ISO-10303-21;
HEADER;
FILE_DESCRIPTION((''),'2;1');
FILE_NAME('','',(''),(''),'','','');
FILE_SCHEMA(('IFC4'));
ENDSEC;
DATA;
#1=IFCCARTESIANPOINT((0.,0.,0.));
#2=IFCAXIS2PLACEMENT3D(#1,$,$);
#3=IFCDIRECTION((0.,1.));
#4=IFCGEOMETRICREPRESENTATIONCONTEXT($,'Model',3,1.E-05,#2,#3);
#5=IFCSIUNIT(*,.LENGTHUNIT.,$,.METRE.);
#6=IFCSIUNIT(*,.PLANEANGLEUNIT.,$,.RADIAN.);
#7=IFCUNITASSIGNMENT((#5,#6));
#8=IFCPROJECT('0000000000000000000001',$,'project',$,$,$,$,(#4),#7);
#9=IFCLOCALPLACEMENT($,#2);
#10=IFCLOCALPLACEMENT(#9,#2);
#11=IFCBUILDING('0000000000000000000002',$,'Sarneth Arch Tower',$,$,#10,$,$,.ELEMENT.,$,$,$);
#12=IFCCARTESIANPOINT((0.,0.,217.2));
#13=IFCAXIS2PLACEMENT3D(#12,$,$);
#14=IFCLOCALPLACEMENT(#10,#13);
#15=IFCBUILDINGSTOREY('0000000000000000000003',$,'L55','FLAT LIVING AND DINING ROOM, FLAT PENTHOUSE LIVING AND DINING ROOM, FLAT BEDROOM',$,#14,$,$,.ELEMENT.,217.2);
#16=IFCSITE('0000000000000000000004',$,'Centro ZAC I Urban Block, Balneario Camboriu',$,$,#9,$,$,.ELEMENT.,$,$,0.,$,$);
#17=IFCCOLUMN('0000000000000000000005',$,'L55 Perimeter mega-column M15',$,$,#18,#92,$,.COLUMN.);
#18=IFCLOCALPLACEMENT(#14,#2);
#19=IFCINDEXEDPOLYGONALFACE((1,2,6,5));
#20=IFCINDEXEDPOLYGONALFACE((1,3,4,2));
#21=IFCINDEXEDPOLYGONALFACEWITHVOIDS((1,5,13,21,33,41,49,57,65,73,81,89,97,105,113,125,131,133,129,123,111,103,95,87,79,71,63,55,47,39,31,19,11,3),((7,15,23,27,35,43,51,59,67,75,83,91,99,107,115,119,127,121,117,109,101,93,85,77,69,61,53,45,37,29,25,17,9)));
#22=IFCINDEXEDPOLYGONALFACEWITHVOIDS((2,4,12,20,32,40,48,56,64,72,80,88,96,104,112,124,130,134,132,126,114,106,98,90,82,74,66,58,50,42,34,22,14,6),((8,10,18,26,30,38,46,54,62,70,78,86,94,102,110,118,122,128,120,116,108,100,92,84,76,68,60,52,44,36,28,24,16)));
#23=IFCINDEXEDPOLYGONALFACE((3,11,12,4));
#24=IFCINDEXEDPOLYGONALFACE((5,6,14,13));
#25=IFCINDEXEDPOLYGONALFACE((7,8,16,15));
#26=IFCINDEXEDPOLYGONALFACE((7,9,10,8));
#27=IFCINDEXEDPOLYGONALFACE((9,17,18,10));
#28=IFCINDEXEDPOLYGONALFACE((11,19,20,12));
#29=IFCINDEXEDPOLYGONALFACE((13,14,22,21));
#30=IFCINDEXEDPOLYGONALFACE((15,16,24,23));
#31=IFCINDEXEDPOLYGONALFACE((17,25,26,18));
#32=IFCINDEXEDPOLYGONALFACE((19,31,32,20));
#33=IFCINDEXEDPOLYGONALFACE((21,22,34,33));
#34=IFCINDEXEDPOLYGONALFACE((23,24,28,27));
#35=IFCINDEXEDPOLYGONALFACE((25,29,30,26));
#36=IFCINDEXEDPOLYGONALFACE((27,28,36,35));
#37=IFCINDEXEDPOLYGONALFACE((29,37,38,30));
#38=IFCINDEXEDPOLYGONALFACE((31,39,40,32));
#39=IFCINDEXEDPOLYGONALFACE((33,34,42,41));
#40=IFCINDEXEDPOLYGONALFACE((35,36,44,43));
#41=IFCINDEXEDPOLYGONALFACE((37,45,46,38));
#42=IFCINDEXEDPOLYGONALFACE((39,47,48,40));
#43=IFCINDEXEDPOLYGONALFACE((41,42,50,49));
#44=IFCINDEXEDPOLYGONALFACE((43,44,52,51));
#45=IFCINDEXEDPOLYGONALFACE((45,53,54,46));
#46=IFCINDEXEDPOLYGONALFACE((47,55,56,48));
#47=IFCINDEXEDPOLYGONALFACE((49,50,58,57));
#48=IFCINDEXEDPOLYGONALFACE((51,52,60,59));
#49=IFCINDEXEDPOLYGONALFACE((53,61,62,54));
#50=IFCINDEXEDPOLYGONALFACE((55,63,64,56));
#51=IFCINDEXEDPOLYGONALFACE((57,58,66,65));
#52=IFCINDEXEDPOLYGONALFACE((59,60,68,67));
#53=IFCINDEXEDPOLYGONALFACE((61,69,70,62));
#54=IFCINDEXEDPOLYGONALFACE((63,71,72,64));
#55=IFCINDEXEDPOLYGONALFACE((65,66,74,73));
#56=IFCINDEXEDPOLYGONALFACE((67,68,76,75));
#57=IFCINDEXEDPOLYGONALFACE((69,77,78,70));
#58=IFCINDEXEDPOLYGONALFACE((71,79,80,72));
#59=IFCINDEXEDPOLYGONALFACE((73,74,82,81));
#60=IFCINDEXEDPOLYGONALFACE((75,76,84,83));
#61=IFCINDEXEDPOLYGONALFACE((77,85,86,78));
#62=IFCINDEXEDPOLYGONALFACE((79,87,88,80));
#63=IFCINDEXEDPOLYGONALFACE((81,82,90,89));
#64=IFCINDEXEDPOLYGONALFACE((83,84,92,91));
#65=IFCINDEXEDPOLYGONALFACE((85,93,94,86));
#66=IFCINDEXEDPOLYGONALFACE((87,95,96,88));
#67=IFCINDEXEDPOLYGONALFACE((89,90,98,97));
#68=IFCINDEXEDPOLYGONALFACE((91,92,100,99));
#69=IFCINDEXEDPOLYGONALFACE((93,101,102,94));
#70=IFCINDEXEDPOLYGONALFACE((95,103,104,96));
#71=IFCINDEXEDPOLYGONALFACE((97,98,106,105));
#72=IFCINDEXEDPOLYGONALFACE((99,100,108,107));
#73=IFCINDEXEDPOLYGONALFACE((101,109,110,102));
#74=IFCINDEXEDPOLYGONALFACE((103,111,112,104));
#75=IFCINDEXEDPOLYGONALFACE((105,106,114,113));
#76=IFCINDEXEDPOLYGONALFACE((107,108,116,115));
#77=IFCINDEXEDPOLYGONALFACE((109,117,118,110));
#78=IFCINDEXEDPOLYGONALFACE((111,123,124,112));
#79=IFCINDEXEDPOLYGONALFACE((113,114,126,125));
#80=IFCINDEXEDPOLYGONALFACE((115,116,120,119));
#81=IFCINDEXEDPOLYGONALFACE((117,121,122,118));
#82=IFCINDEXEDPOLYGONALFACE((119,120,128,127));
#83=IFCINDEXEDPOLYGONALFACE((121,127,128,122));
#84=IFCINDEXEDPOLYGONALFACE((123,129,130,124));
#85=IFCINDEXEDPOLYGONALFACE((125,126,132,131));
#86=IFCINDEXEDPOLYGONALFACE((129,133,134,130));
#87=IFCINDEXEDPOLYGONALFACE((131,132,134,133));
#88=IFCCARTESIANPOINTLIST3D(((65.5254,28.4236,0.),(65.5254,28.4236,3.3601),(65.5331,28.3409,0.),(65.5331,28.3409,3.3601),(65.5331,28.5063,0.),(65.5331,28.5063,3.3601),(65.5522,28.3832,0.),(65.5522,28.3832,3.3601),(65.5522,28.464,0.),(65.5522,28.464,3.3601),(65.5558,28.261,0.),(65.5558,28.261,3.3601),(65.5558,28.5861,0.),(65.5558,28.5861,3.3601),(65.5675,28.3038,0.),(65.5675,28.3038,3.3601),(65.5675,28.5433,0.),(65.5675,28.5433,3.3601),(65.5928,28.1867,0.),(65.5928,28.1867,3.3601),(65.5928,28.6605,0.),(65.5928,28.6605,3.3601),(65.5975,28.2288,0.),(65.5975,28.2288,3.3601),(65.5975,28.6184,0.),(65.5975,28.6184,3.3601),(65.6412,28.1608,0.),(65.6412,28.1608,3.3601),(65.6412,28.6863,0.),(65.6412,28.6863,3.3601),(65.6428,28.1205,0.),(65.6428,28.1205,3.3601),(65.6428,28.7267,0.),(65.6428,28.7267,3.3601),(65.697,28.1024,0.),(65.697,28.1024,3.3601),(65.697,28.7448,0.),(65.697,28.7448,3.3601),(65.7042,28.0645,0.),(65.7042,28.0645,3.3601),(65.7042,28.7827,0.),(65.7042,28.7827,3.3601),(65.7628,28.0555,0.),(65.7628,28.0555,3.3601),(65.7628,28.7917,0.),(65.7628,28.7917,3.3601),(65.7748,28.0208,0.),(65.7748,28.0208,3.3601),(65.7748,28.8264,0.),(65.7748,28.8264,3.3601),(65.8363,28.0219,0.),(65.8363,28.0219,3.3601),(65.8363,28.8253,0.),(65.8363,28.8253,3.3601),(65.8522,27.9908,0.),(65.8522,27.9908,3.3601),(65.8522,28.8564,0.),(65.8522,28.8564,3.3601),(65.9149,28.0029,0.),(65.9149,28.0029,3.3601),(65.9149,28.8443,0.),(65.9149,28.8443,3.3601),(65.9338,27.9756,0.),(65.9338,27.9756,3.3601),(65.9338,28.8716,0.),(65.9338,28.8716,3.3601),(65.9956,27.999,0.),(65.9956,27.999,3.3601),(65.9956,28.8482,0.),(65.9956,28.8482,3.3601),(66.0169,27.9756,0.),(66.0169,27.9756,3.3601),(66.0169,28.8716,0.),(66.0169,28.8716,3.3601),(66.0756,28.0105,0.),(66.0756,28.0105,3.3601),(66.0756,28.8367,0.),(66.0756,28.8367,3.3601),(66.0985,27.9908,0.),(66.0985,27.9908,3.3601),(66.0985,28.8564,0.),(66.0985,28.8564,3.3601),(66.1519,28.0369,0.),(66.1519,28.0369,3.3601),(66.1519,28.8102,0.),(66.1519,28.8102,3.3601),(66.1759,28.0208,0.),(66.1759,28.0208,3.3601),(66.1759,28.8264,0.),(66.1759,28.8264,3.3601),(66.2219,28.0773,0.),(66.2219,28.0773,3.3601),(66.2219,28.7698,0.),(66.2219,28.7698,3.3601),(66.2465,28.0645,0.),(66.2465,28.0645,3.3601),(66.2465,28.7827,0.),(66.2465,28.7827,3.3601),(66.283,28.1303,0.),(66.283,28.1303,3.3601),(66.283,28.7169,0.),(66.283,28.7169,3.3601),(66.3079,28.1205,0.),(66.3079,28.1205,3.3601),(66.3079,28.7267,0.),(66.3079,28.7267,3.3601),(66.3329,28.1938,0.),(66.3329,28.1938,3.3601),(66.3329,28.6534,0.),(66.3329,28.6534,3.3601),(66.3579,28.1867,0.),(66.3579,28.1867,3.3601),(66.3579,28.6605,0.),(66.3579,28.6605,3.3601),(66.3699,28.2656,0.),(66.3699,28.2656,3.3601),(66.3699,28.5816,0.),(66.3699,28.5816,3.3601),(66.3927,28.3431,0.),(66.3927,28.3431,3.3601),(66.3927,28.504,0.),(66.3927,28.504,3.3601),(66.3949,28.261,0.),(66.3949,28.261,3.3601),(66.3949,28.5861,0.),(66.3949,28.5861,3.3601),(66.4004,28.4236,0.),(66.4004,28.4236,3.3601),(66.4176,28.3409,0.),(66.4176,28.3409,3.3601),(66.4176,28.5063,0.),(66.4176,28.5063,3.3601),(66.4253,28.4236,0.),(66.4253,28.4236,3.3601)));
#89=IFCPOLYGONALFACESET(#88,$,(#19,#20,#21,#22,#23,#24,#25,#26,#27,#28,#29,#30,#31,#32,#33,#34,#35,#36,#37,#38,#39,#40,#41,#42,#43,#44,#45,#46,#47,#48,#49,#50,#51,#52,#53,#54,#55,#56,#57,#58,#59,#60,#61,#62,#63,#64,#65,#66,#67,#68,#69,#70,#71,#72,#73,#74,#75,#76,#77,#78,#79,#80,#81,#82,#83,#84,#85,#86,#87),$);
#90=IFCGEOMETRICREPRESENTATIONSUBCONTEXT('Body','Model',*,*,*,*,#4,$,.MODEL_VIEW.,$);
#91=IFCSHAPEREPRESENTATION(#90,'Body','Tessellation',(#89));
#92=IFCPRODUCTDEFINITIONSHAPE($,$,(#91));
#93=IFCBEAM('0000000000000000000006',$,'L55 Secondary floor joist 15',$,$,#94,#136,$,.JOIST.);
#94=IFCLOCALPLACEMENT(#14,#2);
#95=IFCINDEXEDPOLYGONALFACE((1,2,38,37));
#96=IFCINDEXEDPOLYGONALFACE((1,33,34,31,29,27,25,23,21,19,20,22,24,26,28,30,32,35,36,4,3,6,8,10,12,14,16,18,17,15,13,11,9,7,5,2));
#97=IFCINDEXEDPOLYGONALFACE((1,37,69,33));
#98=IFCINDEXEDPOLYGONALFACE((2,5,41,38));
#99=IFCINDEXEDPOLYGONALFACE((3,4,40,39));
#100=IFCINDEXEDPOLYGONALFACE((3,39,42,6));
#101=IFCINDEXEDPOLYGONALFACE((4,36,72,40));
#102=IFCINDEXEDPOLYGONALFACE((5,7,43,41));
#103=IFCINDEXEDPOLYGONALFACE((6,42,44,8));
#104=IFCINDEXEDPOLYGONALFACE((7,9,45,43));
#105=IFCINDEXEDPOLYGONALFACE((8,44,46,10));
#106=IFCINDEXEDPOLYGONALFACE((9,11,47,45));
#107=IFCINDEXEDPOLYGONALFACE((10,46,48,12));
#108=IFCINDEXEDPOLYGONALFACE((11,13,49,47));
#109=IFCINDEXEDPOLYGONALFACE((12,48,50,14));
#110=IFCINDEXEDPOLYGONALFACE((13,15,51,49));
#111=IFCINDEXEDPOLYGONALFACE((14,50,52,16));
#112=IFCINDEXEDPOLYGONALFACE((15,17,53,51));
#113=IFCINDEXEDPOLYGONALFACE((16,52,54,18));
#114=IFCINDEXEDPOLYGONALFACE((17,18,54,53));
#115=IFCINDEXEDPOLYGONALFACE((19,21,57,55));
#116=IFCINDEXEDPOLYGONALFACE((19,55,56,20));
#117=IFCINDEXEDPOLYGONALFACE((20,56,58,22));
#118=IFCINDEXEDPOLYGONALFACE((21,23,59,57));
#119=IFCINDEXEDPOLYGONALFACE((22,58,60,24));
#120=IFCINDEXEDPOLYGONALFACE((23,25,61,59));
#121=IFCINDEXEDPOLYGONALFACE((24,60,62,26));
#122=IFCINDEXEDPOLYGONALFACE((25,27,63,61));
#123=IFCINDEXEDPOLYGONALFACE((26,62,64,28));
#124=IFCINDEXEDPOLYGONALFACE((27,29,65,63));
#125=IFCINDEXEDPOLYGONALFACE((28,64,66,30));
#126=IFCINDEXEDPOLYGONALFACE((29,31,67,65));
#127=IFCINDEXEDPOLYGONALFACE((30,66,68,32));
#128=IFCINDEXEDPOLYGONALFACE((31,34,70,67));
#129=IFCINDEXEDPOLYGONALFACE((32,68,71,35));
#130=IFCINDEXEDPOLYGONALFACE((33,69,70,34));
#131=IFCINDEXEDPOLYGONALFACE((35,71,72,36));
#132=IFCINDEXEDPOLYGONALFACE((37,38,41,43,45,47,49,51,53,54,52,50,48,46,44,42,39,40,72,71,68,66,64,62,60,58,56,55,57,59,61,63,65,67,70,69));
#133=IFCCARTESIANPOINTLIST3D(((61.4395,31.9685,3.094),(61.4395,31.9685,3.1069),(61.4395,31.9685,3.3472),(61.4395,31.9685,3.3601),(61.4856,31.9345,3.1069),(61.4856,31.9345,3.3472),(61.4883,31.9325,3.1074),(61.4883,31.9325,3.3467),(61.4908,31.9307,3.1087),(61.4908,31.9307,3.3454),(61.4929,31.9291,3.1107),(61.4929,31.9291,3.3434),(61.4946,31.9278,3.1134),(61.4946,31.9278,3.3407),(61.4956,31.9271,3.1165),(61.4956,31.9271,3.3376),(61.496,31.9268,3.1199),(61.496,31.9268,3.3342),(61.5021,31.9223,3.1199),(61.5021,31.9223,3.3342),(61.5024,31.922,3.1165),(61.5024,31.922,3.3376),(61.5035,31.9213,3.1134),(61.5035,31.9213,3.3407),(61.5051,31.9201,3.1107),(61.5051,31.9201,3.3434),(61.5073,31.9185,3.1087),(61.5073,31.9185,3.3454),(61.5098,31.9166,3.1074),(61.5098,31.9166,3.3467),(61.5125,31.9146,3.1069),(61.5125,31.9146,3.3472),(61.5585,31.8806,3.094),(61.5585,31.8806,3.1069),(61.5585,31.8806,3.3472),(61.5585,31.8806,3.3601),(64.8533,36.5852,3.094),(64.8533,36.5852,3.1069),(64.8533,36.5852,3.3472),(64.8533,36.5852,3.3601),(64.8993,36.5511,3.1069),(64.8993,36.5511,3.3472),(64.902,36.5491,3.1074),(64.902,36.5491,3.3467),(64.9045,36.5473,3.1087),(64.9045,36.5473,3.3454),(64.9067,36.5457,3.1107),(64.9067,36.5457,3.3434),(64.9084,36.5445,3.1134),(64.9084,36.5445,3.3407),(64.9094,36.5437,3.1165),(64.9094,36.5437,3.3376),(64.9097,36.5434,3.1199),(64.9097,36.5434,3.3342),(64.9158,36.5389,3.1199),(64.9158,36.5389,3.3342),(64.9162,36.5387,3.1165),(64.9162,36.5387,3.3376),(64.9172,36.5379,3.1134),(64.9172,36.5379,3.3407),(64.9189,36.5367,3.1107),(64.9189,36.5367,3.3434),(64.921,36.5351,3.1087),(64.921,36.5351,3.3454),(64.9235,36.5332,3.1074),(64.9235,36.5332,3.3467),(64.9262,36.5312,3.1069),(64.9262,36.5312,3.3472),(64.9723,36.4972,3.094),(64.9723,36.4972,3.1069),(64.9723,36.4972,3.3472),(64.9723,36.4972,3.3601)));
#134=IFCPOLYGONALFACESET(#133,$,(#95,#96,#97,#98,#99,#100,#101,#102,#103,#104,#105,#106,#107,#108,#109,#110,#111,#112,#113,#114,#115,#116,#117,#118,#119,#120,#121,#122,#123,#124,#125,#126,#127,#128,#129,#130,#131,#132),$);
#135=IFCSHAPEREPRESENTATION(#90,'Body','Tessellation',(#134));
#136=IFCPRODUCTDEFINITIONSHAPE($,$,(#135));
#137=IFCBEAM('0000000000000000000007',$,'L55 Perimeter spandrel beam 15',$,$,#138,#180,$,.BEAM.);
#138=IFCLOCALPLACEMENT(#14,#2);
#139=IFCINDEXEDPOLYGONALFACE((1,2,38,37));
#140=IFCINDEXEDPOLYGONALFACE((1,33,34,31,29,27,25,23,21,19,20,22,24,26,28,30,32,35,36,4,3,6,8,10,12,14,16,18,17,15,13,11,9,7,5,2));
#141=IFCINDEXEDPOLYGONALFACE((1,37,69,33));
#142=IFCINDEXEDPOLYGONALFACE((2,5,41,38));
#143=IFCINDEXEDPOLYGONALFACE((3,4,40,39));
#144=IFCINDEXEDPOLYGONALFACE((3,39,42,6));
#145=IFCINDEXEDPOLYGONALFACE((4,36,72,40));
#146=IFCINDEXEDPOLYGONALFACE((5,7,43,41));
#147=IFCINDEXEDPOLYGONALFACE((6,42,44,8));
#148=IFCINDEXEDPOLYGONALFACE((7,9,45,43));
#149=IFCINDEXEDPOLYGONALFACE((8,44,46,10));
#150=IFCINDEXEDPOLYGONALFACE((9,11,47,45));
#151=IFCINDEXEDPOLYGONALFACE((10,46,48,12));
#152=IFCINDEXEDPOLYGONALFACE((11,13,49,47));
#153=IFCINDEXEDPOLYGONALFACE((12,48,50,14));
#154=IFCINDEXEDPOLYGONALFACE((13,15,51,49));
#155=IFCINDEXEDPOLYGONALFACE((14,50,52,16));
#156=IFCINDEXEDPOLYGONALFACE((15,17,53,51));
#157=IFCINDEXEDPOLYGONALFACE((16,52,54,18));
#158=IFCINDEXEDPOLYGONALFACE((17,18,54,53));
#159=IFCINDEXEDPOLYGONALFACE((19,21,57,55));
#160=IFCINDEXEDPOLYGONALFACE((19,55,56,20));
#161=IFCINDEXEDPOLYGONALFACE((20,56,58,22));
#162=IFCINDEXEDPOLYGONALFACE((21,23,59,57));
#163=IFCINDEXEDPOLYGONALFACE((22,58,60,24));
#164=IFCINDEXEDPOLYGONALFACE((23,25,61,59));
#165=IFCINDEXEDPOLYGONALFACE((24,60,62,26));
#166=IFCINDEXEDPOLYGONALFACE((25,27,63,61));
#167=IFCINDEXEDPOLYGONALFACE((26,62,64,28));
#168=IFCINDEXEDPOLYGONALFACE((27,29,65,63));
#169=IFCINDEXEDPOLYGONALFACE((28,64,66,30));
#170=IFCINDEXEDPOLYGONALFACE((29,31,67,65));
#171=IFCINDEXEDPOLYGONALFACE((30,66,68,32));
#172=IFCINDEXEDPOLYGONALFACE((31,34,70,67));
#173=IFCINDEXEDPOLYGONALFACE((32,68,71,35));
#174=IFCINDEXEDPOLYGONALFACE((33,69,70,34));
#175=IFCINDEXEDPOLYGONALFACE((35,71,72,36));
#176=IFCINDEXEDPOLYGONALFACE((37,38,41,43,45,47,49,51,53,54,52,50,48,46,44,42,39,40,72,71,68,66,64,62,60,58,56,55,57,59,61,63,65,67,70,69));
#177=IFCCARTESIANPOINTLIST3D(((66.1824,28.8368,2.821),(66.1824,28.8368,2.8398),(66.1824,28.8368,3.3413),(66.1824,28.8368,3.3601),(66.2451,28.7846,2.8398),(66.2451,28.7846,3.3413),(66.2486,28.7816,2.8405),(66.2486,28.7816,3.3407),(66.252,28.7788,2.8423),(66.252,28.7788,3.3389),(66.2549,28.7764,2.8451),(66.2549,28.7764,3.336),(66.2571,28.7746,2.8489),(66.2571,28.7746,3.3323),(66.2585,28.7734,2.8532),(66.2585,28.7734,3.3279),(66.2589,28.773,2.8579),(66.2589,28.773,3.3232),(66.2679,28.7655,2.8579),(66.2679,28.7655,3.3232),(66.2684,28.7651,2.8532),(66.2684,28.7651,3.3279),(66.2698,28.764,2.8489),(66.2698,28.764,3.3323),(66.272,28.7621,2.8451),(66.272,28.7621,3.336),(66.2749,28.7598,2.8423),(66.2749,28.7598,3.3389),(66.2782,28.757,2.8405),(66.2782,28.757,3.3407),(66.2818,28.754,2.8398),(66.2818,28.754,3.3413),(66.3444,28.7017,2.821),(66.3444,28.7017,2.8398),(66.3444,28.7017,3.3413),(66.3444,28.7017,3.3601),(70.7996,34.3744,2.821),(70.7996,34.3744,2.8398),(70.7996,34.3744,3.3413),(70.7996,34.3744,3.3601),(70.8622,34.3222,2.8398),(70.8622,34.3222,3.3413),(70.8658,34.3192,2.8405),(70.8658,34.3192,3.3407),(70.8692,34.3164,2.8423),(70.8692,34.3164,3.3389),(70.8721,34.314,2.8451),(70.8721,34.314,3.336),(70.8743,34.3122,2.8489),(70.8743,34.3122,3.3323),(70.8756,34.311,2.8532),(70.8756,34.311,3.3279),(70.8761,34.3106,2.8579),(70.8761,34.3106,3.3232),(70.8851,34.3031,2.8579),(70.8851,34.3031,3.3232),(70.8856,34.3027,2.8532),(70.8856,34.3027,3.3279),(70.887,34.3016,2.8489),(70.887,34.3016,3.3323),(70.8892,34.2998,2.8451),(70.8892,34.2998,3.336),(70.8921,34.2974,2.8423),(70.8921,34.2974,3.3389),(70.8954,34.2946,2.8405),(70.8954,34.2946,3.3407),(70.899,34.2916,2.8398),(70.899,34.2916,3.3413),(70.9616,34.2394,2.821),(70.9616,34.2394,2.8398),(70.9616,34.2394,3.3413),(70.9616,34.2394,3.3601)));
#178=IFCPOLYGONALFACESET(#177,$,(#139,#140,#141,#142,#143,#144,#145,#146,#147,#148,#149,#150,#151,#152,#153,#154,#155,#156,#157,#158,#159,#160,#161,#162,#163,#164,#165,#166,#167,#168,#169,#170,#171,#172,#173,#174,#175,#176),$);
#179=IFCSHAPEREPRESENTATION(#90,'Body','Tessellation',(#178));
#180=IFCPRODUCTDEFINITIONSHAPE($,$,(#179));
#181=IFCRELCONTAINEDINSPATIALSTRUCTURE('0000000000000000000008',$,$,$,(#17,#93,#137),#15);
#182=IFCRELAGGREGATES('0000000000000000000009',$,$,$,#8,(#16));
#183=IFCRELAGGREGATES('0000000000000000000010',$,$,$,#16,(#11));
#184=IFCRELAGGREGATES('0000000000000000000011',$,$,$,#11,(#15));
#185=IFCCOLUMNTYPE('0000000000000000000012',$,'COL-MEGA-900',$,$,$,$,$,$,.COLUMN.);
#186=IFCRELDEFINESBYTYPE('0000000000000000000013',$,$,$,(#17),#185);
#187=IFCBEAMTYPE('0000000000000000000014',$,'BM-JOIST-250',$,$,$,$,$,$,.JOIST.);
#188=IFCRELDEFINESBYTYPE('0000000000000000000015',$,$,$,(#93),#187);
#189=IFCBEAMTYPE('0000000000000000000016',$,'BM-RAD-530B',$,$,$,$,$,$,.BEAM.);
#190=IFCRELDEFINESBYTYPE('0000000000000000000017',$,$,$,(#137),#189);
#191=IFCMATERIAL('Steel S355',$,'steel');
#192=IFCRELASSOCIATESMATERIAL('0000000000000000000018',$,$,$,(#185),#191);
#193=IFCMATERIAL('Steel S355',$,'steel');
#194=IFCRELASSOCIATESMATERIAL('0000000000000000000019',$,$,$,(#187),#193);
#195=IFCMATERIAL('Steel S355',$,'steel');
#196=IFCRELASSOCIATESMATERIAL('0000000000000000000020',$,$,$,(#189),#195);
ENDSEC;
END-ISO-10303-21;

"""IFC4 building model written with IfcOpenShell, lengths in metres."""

from ifc_helpers import new_model, si_unit, direction, frame, origin, origin_2d, place, context, subcontext, project, spatial, hollow_circle, i_section, extrude, material, material_profile, profile_set, type_object, element, save


model = new_model("IFC4")

# Units and contexts
model_context = context("Model", 3, precision=1e-05, world=origin(), true_north=direction((0.0, 1.0)))
body_context = subcontext(model_context, "Body", "Model", "MODEL_VIEW")
ifc_project = project(units=[si_unit("LENGTHUNIT", "METRE"), si_unit("PLANEANGLEUNIT", "RADIAN")], contexts=[model_context])

# Site, building, storey
site_placement = place(None, origin())
site = spatial("IfcSite", under=ifc_project, at=site_placement, Name="Centro ZAC I Urban Block, Balneario Camboriu", CompositionType="ELEMENT", RefElevation=0.0)
building_placement = place(site_placement, origin())
building = spatial("IfcBuilding", under=site, at=building_placement, Name="Sarneth Arch Tower", CompositionType="ELEMENT")
storey_placement = place(building_placement, frame((0.0, 0.0, 217.2)))
storey = spatial("IfcBuildingStorey", under=building, at=storey_placement, Name="L55", Description="FLAT LIVING AND DINING ROOM, FLAT PENTHOUSE LIVING AND DINING ROOM, FLAT BEDROOM", CompositionType="ELEMENT", Elevation=217.2)

# Column
ifc_material_1 = material(Name="Steel S355", Category="steel")
ifc_material_profile_1 = material_profile(ifc_material_1, hollow_circle(Radius=0.45, WallThickness=0.0249, at=origin_2d()), Name="CHS900x25")
ifc_profile_set_1 = profile_set([ifc_material_profile_1], Name="Steel S355")
column_type = type_object("IfcColumnType", Name="COL-MEGA-900", PredefinedType="COLUMN", material=ifc_profile_set_1)
column_placement = place(storey_placement, frame((65.9753, 28.4236, 0.0), z_axis=(0.0, 0.0, 1.0), x_axis=(1.0, 0.0, 0.0)))
element("IfcColumn", 1, at=column_placement, inside=storey, type_object=column_type, Name="L55 Perimeter mega-column M15", PredefinedType="COLUMN", context=body_context, shape_type="SweptSolid", body=[
    extrude(hollow_circle(Radius=0.45, WallThickness=0.0249, at=origin_2d()), origin(), (0.0, 0.0, 1.0), 3.3601),
])

# Beams
ifc_material_2 = material(Name="Steel S355", Category="steel")
ifc_material_profile_2 = material_profile(ifc_material_2, i_section(OverallWidth=0.1479, OverallDepth=0.2661, WebThickness=0.0076, FlangeThickness=0.0129, FilletRadius=0.0129, at=origin_2d()), Name="W250x44.8")
ifc_profile_set_2 = profile_set([ifc_material_profile_2], Name="Steel S355")
beam_type_1 = type_object("IfcBeamType", Name="BM-JOIST-250", PredefinedType="JOIST", material=ifc_profile_set_2)
beam_1_placement = place(storey_placement, frame((61.499, 31.9246, 3.2271), z_axis=(0.594557, 0.804053, 0.0), x_axis=(-0.804053, 0.594557, 0.0)))
element("IfcBeam", 2, at=beam_1_placement, inside=storey, type_object=beam_type_1, Name="L55 Secondary floor joist 15", PredefinedType="JOIST", context=body_context, shape_type="SweptSolid", body=[
    extrude(i_section(OverallWidth=0.1479, OverallDepth=0.2661, WebThickness=0.0076, FlangeThickness=0.0129, FilletRadius=0.0129, at=origin_2d()), origin(), (0.0, 0.0, 1.0), 5.7417),
])
ifc_material_3 = material(Name="Steel S355", Category="steel")
ifc_material_profile_3 = material_profile(ifc_material_3, i_section(OverallWidth=0.2109, OverallDepth=0.5391, WebThickness=0.0117, FlangeThickness=0.0188, FilletRadius=0.0181, at=origin_2d()), Name="W530x109")
ifc_profile_set_3 = profile_set([ifc_material_profile_3], Name="Steel S355")
beam_type_2 = type_object("IfcBeamType", Name="BM-RAD-530B", PredefinedType="BEAM", material=ifc_profile_set_3)
beam_2_placement = place(storey_placement, frame((66.2634, 28.7693, 3.0906), z_axis=(0.640391, 0.768049, 0.0), x_axis=(-0.768049, 0.640391, 0.0)))
element("IfcBeam", 3, at=beam_2_placement, inside=storey, type_object=beam_type_2, Name="L55 Perimeter spandrel beam 15", PredefinedType="BEAM", context=body_context, shape_type="SweptSolid", body=[
    extrude(i_section(OverallWidth=0.2109, OverallDepth=0.5391, WebThickness=0.0117, FlangeThickness=0.0188, FilletRadius=0.0181, at=origin_2d()), origin(), (0.0, 0.0, 1.0), 7.21),
])

save(model, "model.ifc")
